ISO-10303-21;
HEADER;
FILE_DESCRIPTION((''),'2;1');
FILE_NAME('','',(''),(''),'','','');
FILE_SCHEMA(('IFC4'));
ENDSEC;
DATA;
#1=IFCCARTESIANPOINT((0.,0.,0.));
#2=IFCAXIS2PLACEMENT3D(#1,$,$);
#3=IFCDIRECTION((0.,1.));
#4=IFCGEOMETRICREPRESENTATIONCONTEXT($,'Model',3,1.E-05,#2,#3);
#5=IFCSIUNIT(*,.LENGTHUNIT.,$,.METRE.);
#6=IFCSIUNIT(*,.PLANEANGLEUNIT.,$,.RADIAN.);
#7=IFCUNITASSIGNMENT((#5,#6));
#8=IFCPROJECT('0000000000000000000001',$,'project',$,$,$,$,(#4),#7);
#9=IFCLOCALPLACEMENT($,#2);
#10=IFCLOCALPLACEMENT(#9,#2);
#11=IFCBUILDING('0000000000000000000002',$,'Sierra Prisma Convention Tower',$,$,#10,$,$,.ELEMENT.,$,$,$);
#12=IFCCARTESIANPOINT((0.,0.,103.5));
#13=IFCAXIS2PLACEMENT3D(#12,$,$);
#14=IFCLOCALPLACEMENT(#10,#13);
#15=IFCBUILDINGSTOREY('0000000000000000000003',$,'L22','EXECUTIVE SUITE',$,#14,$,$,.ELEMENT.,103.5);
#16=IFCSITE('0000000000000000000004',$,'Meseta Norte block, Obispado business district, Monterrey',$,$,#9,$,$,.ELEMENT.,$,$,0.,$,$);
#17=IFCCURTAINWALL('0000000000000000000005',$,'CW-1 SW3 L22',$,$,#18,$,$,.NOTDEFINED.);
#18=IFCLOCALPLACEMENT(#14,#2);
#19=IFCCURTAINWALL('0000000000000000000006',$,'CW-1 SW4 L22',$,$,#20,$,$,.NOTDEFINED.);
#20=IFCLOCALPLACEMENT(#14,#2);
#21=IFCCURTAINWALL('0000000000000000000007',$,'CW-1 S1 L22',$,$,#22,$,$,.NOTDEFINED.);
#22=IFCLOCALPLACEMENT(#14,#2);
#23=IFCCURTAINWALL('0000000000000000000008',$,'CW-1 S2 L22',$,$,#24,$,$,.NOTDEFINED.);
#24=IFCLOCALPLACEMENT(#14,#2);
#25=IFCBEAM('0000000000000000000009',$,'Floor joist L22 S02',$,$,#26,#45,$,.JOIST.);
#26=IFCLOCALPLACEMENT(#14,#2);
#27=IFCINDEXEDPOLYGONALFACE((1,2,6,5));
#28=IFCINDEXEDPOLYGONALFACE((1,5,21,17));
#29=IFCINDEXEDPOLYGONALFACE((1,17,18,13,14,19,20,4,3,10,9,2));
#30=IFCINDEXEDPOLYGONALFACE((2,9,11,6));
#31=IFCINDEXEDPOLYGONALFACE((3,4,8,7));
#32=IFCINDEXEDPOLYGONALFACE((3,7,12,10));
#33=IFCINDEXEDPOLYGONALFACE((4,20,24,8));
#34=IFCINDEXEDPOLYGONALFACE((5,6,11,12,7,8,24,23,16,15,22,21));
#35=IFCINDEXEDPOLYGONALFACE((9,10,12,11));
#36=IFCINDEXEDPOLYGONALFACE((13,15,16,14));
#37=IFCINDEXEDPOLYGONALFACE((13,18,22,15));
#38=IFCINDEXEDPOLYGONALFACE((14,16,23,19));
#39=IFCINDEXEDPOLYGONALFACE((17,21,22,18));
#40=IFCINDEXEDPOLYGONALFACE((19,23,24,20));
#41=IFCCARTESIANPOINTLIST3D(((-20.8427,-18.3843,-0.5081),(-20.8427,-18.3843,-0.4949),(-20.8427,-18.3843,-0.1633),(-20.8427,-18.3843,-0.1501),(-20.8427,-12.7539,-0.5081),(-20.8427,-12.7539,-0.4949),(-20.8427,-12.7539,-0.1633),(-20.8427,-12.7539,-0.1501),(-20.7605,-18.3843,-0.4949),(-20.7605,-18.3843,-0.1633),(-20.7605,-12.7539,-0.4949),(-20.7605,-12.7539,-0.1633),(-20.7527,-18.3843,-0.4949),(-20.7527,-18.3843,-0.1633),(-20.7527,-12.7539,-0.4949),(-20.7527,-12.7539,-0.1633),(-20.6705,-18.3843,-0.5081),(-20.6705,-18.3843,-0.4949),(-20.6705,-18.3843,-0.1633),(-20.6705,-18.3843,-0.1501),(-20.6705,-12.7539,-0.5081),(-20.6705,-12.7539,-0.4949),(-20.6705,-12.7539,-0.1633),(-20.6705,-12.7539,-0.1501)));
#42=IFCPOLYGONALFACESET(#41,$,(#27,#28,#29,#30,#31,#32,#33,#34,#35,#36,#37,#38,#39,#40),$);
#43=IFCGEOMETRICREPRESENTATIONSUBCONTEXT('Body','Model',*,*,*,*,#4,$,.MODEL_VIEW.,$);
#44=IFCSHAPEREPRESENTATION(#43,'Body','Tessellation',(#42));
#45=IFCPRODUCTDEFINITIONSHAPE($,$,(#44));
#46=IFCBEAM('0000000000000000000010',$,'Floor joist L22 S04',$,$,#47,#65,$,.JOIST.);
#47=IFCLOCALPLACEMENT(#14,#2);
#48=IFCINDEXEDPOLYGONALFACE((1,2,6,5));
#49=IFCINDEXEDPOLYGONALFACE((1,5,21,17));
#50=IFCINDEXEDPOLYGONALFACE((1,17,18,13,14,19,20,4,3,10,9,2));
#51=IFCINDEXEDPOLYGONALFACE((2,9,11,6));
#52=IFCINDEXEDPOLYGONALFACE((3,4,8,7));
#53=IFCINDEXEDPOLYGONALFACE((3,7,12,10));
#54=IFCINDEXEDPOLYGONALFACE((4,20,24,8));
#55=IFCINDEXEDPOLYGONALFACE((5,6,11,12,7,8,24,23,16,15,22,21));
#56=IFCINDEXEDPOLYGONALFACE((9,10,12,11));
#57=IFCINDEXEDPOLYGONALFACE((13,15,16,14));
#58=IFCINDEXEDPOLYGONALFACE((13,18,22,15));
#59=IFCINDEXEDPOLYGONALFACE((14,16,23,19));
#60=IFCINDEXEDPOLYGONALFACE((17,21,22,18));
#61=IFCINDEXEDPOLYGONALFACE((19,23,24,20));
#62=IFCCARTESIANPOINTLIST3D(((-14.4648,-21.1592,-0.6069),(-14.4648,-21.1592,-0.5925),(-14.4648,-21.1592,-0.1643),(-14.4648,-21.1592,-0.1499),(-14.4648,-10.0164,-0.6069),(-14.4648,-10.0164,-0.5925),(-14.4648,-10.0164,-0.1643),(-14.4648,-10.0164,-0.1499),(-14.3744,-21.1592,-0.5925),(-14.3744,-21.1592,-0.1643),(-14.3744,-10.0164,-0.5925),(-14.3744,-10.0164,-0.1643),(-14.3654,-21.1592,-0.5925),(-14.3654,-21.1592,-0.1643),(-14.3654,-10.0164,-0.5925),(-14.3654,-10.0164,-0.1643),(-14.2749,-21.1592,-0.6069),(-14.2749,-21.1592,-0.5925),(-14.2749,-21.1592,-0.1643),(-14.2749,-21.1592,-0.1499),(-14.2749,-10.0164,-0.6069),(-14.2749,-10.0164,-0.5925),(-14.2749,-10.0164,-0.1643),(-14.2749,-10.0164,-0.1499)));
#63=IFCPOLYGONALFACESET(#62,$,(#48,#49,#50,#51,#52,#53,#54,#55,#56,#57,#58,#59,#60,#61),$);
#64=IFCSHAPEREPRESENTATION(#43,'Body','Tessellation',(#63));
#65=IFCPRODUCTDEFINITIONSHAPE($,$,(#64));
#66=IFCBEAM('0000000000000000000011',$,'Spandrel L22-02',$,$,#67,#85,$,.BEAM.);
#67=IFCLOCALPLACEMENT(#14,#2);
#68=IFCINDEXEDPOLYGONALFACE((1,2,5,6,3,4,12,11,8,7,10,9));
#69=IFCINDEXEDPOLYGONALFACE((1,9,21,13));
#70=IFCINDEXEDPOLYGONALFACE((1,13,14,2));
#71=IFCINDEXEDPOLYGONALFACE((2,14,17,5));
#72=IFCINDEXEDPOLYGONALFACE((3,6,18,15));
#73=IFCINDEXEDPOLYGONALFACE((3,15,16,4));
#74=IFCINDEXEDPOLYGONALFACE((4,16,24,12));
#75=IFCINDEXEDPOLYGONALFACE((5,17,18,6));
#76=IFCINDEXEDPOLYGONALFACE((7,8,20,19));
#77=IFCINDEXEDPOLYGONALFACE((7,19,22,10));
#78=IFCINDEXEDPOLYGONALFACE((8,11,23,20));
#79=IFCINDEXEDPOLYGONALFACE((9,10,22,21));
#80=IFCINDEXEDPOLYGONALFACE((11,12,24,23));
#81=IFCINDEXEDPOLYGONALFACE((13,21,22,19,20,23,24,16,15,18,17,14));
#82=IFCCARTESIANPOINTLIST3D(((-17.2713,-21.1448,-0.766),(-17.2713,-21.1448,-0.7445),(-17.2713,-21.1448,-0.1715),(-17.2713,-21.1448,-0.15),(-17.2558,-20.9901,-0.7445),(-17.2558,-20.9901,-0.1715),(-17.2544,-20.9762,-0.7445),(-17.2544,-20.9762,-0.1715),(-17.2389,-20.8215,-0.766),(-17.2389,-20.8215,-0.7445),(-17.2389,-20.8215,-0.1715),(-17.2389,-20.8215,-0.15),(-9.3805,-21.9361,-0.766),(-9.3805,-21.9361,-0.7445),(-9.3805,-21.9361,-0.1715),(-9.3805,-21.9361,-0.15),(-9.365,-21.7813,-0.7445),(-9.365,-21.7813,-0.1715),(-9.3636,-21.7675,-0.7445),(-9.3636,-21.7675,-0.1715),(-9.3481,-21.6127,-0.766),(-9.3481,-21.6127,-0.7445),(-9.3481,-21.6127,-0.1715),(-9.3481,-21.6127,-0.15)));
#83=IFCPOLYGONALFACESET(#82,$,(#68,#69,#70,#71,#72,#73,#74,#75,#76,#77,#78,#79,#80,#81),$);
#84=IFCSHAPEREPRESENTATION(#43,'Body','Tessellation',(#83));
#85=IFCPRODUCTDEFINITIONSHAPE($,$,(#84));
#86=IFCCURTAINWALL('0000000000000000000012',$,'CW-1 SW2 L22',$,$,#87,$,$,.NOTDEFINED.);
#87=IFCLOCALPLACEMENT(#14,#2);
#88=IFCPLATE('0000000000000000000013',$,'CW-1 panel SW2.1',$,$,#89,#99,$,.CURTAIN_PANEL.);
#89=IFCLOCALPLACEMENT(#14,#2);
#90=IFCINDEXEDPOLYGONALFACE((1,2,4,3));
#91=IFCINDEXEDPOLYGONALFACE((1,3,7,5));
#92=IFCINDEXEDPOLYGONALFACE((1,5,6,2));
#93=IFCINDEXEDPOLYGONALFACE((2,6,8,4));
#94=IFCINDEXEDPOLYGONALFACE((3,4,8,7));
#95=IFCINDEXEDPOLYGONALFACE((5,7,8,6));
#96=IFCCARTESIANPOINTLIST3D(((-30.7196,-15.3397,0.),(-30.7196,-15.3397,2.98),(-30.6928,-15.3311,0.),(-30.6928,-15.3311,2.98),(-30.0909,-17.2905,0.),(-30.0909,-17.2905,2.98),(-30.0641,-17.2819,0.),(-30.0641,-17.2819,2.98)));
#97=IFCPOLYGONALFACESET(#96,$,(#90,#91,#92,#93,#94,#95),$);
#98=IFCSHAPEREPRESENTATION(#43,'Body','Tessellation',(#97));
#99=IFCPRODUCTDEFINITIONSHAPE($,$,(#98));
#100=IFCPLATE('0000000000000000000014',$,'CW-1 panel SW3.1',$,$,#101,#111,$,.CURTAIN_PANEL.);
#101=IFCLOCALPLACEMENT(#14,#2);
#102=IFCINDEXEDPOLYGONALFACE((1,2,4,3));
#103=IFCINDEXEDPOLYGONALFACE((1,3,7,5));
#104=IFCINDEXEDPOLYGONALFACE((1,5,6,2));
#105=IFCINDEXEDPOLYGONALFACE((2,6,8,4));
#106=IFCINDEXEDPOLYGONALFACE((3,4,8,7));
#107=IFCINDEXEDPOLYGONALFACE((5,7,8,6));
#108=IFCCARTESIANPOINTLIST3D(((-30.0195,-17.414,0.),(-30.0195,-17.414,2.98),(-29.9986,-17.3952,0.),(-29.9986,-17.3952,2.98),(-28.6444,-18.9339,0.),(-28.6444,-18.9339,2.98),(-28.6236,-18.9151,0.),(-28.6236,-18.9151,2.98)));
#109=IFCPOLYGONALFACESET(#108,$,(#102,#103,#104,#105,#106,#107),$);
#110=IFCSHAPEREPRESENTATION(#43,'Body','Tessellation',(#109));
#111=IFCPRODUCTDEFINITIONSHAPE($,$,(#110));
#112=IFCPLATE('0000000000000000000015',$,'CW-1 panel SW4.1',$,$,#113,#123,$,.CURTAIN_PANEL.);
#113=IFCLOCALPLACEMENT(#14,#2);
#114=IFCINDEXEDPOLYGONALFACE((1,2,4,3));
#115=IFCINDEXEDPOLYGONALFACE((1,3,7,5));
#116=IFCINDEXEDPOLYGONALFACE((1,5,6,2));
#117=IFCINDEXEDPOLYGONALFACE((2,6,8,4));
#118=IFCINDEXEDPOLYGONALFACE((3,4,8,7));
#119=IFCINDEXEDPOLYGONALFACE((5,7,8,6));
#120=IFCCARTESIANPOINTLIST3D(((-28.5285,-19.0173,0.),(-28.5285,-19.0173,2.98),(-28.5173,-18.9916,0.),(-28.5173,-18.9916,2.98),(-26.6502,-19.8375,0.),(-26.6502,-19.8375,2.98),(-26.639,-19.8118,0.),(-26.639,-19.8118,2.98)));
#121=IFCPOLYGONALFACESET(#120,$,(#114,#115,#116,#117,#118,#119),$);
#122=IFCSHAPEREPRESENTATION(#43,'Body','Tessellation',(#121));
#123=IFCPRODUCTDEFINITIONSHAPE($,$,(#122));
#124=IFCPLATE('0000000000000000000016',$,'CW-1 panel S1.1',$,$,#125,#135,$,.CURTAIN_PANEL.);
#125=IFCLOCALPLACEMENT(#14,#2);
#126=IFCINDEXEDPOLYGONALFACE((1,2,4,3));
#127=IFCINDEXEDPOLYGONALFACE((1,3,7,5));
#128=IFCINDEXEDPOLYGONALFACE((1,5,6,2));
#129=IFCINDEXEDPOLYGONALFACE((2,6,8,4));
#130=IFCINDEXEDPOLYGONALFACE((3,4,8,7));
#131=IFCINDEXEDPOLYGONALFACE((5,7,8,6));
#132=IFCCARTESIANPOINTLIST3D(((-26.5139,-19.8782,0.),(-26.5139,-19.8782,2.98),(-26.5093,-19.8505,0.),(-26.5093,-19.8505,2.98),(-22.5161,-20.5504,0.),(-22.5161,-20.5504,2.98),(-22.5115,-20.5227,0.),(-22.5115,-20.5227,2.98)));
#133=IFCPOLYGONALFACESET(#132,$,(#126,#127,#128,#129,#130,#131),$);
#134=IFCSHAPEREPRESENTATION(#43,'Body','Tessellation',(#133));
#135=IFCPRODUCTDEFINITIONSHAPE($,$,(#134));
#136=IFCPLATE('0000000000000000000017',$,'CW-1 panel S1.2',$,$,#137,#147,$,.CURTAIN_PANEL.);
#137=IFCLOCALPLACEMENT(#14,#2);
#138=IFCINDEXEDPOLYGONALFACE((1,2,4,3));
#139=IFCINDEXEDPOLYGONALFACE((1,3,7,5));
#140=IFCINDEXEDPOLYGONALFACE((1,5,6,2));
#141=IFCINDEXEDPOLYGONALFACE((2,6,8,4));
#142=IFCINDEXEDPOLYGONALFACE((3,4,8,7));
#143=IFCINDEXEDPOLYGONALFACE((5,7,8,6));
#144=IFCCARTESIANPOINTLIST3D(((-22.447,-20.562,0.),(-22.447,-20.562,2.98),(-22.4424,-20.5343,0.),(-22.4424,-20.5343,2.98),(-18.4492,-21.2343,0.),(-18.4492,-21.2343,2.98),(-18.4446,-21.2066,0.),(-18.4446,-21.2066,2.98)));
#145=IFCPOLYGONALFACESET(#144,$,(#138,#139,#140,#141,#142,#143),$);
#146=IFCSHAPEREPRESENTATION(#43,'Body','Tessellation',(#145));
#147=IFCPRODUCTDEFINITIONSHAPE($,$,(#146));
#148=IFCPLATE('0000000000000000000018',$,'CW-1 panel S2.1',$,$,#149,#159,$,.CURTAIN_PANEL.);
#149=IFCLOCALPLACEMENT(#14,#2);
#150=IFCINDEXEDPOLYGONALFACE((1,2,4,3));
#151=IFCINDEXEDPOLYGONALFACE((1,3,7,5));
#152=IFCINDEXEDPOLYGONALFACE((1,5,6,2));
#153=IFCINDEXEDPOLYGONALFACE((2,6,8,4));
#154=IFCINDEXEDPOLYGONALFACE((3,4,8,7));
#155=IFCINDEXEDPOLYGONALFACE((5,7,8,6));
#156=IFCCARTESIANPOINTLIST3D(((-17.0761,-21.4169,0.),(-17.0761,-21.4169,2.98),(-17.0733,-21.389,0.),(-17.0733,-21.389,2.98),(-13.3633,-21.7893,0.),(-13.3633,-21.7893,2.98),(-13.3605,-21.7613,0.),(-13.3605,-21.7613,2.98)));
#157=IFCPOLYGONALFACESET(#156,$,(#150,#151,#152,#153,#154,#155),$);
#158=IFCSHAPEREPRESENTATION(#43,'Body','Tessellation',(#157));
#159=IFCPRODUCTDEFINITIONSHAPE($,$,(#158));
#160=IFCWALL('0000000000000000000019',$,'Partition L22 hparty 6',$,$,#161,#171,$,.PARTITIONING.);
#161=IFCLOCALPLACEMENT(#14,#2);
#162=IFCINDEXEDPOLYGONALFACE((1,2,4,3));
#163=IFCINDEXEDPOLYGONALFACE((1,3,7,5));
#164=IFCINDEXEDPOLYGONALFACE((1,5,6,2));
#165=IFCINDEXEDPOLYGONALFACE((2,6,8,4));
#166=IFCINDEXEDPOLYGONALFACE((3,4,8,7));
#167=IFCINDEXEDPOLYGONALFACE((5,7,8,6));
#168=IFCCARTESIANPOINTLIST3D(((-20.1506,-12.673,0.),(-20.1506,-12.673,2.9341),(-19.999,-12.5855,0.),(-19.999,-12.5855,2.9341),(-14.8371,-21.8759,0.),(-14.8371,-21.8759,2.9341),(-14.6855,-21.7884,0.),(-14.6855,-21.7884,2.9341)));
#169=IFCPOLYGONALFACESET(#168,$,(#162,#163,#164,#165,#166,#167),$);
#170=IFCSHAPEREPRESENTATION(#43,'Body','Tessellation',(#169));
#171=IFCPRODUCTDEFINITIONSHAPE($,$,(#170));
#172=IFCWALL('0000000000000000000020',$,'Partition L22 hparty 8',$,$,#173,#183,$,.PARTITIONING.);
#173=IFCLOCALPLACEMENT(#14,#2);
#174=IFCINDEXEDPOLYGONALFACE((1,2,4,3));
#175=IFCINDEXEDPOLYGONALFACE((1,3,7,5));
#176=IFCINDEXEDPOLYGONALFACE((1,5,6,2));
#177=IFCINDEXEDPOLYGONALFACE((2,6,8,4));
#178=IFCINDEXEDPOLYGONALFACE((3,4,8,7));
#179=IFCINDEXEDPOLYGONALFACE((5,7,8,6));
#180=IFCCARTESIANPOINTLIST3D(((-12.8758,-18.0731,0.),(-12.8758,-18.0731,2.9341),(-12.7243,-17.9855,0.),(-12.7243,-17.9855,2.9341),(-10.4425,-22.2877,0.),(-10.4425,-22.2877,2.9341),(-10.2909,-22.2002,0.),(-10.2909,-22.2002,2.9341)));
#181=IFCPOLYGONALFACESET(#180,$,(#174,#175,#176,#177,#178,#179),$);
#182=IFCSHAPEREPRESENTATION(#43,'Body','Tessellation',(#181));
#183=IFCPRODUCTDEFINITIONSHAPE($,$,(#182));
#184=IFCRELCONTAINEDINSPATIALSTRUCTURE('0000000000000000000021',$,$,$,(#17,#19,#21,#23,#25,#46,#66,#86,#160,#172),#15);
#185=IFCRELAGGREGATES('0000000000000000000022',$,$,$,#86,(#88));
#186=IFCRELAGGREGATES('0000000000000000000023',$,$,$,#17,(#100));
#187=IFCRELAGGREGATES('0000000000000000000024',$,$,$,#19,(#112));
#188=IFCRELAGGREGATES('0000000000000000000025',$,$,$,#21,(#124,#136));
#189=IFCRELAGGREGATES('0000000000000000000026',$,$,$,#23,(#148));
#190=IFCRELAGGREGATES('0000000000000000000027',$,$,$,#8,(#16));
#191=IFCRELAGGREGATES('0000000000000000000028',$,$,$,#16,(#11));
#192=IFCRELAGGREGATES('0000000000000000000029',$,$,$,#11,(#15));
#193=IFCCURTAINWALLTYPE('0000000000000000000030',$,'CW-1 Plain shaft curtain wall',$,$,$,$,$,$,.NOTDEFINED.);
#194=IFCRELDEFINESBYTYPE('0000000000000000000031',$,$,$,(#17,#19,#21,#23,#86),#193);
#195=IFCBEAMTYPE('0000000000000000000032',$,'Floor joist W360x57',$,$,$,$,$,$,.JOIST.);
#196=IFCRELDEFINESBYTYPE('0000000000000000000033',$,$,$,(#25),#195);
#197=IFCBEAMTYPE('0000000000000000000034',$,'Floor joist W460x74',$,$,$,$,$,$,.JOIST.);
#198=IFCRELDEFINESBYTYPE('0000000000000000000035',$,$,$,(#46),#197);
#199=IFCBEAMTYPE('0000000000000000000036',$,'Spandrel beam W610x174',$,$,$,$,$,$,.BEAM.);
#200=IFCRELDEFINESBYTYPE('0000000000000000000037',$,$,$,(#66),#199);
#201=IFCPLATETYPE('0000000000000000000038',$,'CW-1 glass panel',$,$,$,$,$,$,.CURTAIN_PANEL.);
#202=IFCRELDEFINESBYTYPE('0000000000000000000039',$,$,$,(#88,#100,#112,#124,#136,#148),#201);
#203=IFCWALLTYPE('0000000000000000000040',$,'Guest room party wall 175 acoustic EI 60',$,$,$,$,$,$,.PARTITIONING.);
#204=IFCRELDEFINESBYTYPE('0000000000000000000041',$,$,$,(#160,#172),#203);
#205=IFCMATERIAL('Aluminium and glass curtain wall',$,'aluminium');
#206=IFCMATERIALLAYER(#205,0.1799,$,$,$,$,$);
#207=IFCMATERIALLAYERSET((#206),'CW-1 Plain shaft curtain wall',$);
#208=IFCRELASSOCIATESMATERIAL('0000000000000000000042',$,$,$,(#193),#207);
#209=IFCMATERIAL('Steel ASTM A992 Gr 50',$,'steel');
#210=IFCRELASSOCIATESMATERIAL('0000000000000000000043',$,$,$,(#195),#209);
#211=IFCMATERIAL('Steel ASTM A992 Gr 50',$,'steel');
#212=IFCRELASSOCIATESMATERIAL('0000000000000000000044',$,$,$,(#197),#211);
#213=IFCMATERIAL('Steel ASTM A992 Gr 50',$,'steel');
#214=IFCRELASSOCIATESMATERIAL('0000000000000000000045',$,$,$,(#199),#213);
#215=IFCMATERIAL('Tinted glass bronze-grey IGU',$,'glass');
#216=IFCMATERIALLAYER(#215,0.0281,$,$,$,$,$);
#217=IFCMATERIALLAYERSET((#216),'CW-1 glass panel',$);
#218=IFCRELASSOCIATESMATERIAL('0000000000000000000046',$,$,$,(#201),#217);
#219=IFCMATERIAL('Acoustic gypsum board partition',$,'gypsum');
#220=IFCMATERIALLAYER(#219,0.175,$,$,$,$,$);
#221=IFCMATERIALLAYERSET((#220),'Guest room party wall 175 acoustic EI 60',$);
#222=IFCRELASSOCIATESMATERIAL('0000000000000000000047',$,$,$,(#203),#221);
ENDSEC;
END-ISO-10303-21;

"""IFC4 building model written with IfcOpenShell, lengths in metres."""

from ifc_helpers import new_model, si_unit, direction, frame, frame_2d, origin, origin_2d, place, context, subcontext, project, spatial, rectangle, i_section, extrude, material, layer, layer_set, material_profile, profile_set, type_object, element, aggregate, save


model = new_model("IFC4")

# Units and contexts
model_context = context("Model", 3, precision=1e-05, world=origin(), true_north=direction((0.0, 1.0)))
body_context = subcontext(model_context, "Body", "Model", "MODEL_VIEW")
ifc_project = project(units=[si_unit("LENGTHUNIT", "METRE"), si_unit("PLANEANGLEUNIT", "RADIAN")], contexts=[model_context])

# Site, building, storey
site_placement = place(None, origin())
site = spatial("IfcSite", under=ifc_project, at=site_placement, Name="Meseta Norte block, Obispado business district, Monterrey", CompositionType="ELEMENT", RefElevation=0.0)
building_placement = place(site_placement, origin())
building = spatial("IfcBuilding", under=site, at=building_placement, Name="Sierra Prisma Convention Tower", CompositionType="ELEMENT")
storey_placement = place(building_placement, frame((0.0, 0.0, 103.5)))
storey = spatial("IfcBuildingStorey", under=building, at=storey_placement, Name="L22", Description="EXECUTIVE SUITE", CompositionType="ELEMENT", Elevation=103.5)

# Curtain walls
ifc_material_1 = material(Name="Aluminium and glass curtain wall", Category="aluminium")
ifc_layer_1 = layer(ifc_material_1, 0.1799)
ifc_layer_set_1 = layer_set([ifc_layer_1], Name="CW-1 Plain shaft curtain wall")
curtain_wall_type = type_object("IfcCurtainWallType", Name="CW-1 Plain shaft curtain wall", PredefinedType="NOTDEFINED", material=ifc_layer_set_1)
curtain_wall_1_placement = place(storey_placement, origin())
curtain_wall_1 = element("IfcCurtainWall", 1, at=curtain_wall_1_placement, inside=storey, type_object=curtain_wall_type, Name="CW-1 SW3 L22", PredefinedType="NOTDEFINED")
curtain_wall_2_placement = place(storey_placement, origin())
curtain_wall_2 = element("IfcCurtainWall", 2, at=curtain_wall_2_placement, inside=storey, type_object=curtain_wall_type, Name="CW-1 SW4 L22", PredefinedType="NOTDEFINED")

# Curtain walls
curtain_wall_3_placement = place(storey_placement, origin())
curtain_wall_3 = element("IfcCurtainWall", 3, at=curtain_wall_3_placement, inside=storey, type_object=curtain_wall_type, Name="CW-1 S1 L22", PredefinedType="NOTDEFINED")
curtain_wall_4_placement = place(storey_placement, origin())
curtain_wall_4 = element("IfcCurtainWall", 4, at=curtain_wall_4_placement, inside=storey, type_object=curtain_wall_type, Name="CW-1 S2 L22", PredefinedType="NOTDEFINED")

# Beams
ifc_material_2 = material(Name="Steel ASTM A992 Gr 50", Category="steel")
ifc_material_profile_1 = material_profile(ifc_material_2, i_section(OverallWidth=0.1721, OverallDepth=0.3579, WebThickness=0.0078, FlangeThickness=0.0132, at=origin_2d()), Name="W360x57")
ifc_profile_set_1 = profile_set([ifc_material_profile_1], Name="Steel ASTM A992 Gr 50")
beam_type_1 = type_object("IfcBeamType", Name="Floor joist W360x57", PredefinedType="JOIST", material=ifc_profile_set_1)
beam_1_placement = place(storey_placement, frame((-20.7566, -18.3843, -0.3291), z_axis=(0.0, 1.0, 0.0), x_axis=(-1.0, 0.0, 0.0)))
element("IfcBeam", 5, at=beam_1_placement, inside=storey, type_object=beam_type_1, Name="Floor joist L22 S02", PredefinedType="JOIST", context=body_context, shape_type="SweptSolid", body=[
    extrude(i_section(OverallWidth=0.1721, OverallDepth=0.3579, WebThickness=0.0078, FlangeThickness=0.0132, at=origin_2d()), origin(), (0.0, 0.0, 1.0), 5.6304),
])
ifc_material_3 = material(Name="Steel ASTM A992 Gr 50", Category="steel")
ifc_material_profile_2 = material_profile(ifc_material_3, i_section(OverallWidth=0.1899, OverallDepth=0.457, WebThickness=0.009, FlangeThickness=0.0144, at=origin_2d()), Name="W460x74")
ifc_profile_set_2 = profile_set([ifc_material_profile_2], Name="Steel ASTM A992 Gr 50")
beam_type_2 = type_object("IfcBeamType", Name="Floor joist W460x74", PredefinedType="JOIST", material=ifc_profile_set_2)
beam_2_placement = place(storey_placement, frame((-14.3699, -21.1592, -0.3784), z_axis=(0.0, 1.0, 0.0), x_axis=(-1.0, 0.0, 0.0)))
element("IfcBeam", 6, at=beam_2_placement, inside=storey, type_object=beam_type_2, Name="Floor joist L22 S04", PredefinedType="JOIST", context=body_context, shape_type="SweptSolid", body=[
    extrude(i_section(OverallWidth=0.1899, OverallDepth=0.457, WebThickness=0.009, FlangeThickness=0.0144, at=origin_2d()), origin(), (0.0, 0.0, 1.0), 11.1428),
])
ifc_material_4 = material(Name="Steel ASTM A992 Gr 50", Category="steel")
ifc_material_profile_3 = material_profile(ifc_material_4, i_section(OverallWidth=0.325, OverallDepth=0.616, WebThickness=0.0139, FlangeThickness=0.0215, at=origin_2d()), Name="W610x174")
ifc_profile_set_3 = profile_set([ifc_material_profile_3], Name="Steel ASTM A992 Gr 50")
beam_type_3 = type_object("IfcBeamType", Name="Spandrel beam W610x174", PredefinedType="BEAM", material=ifc_profile_set_3)
beam_3_placement = place(storey_placement, frame((-17.2551, -20.9832, -0.458), z_axis=(0.99501, -0.099775, 0.0), x_axis=(0.099775, 0.99501, 0.0)))
element("IfcBeam", 7, at=beam_3_placement, inside=storey, type_object=beam_type_3, Name="Spandrel L22-02", PredefinedType="BEAM", context=body_context, shape_type="SweptSolid", body=[
    extrude(i_section(OverallWidth=0.325, OverallDepth=0.616, WebThickness=0.0139, FlangeThickness=0.0215, at=origin_2d()), origin(), (0.0, 0.0, 1.0), 7.9304),
])

# Curtain wall, plate
curtain_wall_5_placement = place(storey_placement, origin())
curtain_wall_5 = element("IfcCurtainWall", 8, at=curtain_wall_5_placement, inside=storey, type_object=curtain_wall_type, Name="CW-1 SW2 L22", PredefinedType="NOTDEFINED")
ifc_material_5 = material(Name="Tinted glass bronze-grey IGU", Category="glass")
ifc_layer_2 = layer(ifc_material_5, 0.0281)
ifc_layer_set_2 = layer_set([ifc_layer_2], Name="CW-1 glass panel")
plate_type = type_object("IfcPlateType", Name="CW-1 glass panel", PredefinedType="CURTAIN_PANEL", material=ifc_layer_set_2)
plate_1_placement = place(storey_placement, frame((-30.3918, -16.3108, 0.0), z_axis=(0.0, 0.0, 1.0), x_axis=(0.306752, -0.951789, 0.0)))
plate_1 = element("IfcPlate", 9, at=plate_1_placement, type_object=plate_type, Name="CW-1 panel SW2.1", PredefinedType="CURTAIN_PANEL", context=body_context, shape_type="SweptSolid", body=[
    extrude(rectangle(XDim=2.0496, YDim=0.0281, at=origin_2d()), origin(), (0.0, 0.0, 1.0), 2.98),
])
aggregate(curtain_wall_5, [plate_1])

# Plates
plate_2_placement = place(storey_placement, frame((-29.3215, -18.1646, 0.0), z_axis=(0.0, 0.0, 1.0), x_axis=(0.670898, -0.74155, 0.0)))
plate_2 = element("IfcPlate", 10, at=plate_2_placement, type_object=plate_type, Name="CW-1 panel SW3.1", PredefinedType="CURTAIN_PANEL", context=body_context, shape_type="SweptSolid", body=[
    extrude(rectangle(XDim=2.0496, YDim=0.0281, at=origin_2d()), origin(), (0.0, 0.0, 1.0), 2.98),
])
aggregate(curtain_wall_1, [plate_2])
plate_3_placement = place(storey_placement, frame((-27.5837, -19.4146, 0.0), z_axis=(0.0, 0.0, 1.0), x_axis=(0.916427, -0.400203, 0.0)))
plate_3 = element("IfcPlate", 11, at=plate_3_placement, type_object=plate_type, Name="CW-1 panel SW4.1", PredefinedType="CURTAIN_PANEL", context=body_context, shape_type="SweptSolid", body=[
    extrude(rectangle(XDim=2.0496, YDim=0.0281, at=origin_2d()), origin(), (0.0, 0.0, 1.0), 2.98),
])
aggregate(curtain_wall_2, [plate_3])
plate_4_placement = place(storey_placement, frame((-24.5127, -20.2004, 0.0), z_axis=(0.0, 0.0, 1.0), x_axis=(0.986155, -0.165829, 0.0)))
plate_4 = element("IfcPlate", 12, at=plate_4_placement, type_object=plate_type, Name="CW-1 panel S1.1", PredefinedType="CURTAIN_PANEL", context=body_context, shape_type="SweptSolid", body=[
    extrude(rectangle(XDim=4.054, YDim=0.0281, at=origin_2d()), origin(), (0.0, 0.0, 1.0), 2.98),
])
plate_5_placement = place(storey_placement, frame((-20.4458, -20.8843, 0.0), z_axis=(0.0, 0.0, 1.0), x_axis=(0.986155, -0.165829, 0.0)))
plate_5 = element("IfcPlate", 13, at=plate_5_placement, type_object=plate_type, Name="CW-1 panel S1.2", PredefinedType="CURTAIN_PANEL", context=body_context, shape_type="SweptSolid", body=[
    extrude(rectangle(XDim=4.054, YDim=0.0281, at=origin_2d()), origin(), (0.0, 0.0, 1.0), 2.98),
])
aggregate(curtain_wall_3, [plate_4, plate_5])
plate_6_placement = place(storey_placement, frame((-15.2183, -21.5891, 0.0), z_axis=(0.0, 0.0, 1.0), x_axis=(0.995008, -0.099793, 0.0)))
plate_6 = element("IfcPlate", 14, at=plate_6_placement, type_object=plate_type, Name="CW-1 panel S2.1", PredefinedType="CURTAIN_PANEL", context=body_context, shape_type="SweptSolid", body=[
    extrude(rectangle(XDim=3.7314, YDim=0.0281, at=origin_2d()), origin(), (0.0, 0.0, 1.0), 2.98),
])
aggregate(curtain_wall_4, [plate_6])

# Walls
ifc_material_6 = material(Name="Acoustic gypsum board partition", Category="gypsum")
ifc_layer_3 = layer(ifc_material_6, 0.175)
ifc_layer_set_3 = layer_set([ifc_layer_3], Name="Guest room party wall 175 acoustic EI 60")
wall_type = type_object("IfcWallType", Name="Guest room party wall 175 acoustic EI 60", PredefinedType="PARTITIONING", material=ifc_layer_set_3)
wall_1_placement = place(storey_placement, frame((-14.7612, -21.8323, 0.0), z_axis=(0.0, 0.0, 1.0), x_axis=(-0.500013, 0.866018, 0.0)))
element("IfcWall", 15, at=wall_1_placement, inside=storey, type_object=wall_type, Name="Partition L22 hparty 6", PredefinedType="PARTITIONING", context=body_context, shape_type="SweptSolid", body=[
    extrude(rectangle(XDim=10.6267, YDim=0.175, at=frame_2d((5.3135, 0.0))), origin(), (0.0, 0.0, 1.0), 2.9341),
])
wall_2_placement = place(storey_placement, frame((-12.8, -18.0293, 0.0), z_axis=(0.0, 0.0, 1.0), x_axis=(0.500008, -0.866021, 0.0)))
element("IfcWall", 16, at=wall_2_placement, inside=storey, type_object=wall_type, Name="Partition L22 hparty 8", PredefinedType="PARTITIONING", context=body_context, shape_type="SweptSolid", body=[
    extrude(rectangle(XDim=4.8667, YDim=0.175, at=frame_2d((2.4333, 0.0))), origin(), (0.0, 0.0, 1.0), 2.9341),
])

save(model, "model.ifc")
